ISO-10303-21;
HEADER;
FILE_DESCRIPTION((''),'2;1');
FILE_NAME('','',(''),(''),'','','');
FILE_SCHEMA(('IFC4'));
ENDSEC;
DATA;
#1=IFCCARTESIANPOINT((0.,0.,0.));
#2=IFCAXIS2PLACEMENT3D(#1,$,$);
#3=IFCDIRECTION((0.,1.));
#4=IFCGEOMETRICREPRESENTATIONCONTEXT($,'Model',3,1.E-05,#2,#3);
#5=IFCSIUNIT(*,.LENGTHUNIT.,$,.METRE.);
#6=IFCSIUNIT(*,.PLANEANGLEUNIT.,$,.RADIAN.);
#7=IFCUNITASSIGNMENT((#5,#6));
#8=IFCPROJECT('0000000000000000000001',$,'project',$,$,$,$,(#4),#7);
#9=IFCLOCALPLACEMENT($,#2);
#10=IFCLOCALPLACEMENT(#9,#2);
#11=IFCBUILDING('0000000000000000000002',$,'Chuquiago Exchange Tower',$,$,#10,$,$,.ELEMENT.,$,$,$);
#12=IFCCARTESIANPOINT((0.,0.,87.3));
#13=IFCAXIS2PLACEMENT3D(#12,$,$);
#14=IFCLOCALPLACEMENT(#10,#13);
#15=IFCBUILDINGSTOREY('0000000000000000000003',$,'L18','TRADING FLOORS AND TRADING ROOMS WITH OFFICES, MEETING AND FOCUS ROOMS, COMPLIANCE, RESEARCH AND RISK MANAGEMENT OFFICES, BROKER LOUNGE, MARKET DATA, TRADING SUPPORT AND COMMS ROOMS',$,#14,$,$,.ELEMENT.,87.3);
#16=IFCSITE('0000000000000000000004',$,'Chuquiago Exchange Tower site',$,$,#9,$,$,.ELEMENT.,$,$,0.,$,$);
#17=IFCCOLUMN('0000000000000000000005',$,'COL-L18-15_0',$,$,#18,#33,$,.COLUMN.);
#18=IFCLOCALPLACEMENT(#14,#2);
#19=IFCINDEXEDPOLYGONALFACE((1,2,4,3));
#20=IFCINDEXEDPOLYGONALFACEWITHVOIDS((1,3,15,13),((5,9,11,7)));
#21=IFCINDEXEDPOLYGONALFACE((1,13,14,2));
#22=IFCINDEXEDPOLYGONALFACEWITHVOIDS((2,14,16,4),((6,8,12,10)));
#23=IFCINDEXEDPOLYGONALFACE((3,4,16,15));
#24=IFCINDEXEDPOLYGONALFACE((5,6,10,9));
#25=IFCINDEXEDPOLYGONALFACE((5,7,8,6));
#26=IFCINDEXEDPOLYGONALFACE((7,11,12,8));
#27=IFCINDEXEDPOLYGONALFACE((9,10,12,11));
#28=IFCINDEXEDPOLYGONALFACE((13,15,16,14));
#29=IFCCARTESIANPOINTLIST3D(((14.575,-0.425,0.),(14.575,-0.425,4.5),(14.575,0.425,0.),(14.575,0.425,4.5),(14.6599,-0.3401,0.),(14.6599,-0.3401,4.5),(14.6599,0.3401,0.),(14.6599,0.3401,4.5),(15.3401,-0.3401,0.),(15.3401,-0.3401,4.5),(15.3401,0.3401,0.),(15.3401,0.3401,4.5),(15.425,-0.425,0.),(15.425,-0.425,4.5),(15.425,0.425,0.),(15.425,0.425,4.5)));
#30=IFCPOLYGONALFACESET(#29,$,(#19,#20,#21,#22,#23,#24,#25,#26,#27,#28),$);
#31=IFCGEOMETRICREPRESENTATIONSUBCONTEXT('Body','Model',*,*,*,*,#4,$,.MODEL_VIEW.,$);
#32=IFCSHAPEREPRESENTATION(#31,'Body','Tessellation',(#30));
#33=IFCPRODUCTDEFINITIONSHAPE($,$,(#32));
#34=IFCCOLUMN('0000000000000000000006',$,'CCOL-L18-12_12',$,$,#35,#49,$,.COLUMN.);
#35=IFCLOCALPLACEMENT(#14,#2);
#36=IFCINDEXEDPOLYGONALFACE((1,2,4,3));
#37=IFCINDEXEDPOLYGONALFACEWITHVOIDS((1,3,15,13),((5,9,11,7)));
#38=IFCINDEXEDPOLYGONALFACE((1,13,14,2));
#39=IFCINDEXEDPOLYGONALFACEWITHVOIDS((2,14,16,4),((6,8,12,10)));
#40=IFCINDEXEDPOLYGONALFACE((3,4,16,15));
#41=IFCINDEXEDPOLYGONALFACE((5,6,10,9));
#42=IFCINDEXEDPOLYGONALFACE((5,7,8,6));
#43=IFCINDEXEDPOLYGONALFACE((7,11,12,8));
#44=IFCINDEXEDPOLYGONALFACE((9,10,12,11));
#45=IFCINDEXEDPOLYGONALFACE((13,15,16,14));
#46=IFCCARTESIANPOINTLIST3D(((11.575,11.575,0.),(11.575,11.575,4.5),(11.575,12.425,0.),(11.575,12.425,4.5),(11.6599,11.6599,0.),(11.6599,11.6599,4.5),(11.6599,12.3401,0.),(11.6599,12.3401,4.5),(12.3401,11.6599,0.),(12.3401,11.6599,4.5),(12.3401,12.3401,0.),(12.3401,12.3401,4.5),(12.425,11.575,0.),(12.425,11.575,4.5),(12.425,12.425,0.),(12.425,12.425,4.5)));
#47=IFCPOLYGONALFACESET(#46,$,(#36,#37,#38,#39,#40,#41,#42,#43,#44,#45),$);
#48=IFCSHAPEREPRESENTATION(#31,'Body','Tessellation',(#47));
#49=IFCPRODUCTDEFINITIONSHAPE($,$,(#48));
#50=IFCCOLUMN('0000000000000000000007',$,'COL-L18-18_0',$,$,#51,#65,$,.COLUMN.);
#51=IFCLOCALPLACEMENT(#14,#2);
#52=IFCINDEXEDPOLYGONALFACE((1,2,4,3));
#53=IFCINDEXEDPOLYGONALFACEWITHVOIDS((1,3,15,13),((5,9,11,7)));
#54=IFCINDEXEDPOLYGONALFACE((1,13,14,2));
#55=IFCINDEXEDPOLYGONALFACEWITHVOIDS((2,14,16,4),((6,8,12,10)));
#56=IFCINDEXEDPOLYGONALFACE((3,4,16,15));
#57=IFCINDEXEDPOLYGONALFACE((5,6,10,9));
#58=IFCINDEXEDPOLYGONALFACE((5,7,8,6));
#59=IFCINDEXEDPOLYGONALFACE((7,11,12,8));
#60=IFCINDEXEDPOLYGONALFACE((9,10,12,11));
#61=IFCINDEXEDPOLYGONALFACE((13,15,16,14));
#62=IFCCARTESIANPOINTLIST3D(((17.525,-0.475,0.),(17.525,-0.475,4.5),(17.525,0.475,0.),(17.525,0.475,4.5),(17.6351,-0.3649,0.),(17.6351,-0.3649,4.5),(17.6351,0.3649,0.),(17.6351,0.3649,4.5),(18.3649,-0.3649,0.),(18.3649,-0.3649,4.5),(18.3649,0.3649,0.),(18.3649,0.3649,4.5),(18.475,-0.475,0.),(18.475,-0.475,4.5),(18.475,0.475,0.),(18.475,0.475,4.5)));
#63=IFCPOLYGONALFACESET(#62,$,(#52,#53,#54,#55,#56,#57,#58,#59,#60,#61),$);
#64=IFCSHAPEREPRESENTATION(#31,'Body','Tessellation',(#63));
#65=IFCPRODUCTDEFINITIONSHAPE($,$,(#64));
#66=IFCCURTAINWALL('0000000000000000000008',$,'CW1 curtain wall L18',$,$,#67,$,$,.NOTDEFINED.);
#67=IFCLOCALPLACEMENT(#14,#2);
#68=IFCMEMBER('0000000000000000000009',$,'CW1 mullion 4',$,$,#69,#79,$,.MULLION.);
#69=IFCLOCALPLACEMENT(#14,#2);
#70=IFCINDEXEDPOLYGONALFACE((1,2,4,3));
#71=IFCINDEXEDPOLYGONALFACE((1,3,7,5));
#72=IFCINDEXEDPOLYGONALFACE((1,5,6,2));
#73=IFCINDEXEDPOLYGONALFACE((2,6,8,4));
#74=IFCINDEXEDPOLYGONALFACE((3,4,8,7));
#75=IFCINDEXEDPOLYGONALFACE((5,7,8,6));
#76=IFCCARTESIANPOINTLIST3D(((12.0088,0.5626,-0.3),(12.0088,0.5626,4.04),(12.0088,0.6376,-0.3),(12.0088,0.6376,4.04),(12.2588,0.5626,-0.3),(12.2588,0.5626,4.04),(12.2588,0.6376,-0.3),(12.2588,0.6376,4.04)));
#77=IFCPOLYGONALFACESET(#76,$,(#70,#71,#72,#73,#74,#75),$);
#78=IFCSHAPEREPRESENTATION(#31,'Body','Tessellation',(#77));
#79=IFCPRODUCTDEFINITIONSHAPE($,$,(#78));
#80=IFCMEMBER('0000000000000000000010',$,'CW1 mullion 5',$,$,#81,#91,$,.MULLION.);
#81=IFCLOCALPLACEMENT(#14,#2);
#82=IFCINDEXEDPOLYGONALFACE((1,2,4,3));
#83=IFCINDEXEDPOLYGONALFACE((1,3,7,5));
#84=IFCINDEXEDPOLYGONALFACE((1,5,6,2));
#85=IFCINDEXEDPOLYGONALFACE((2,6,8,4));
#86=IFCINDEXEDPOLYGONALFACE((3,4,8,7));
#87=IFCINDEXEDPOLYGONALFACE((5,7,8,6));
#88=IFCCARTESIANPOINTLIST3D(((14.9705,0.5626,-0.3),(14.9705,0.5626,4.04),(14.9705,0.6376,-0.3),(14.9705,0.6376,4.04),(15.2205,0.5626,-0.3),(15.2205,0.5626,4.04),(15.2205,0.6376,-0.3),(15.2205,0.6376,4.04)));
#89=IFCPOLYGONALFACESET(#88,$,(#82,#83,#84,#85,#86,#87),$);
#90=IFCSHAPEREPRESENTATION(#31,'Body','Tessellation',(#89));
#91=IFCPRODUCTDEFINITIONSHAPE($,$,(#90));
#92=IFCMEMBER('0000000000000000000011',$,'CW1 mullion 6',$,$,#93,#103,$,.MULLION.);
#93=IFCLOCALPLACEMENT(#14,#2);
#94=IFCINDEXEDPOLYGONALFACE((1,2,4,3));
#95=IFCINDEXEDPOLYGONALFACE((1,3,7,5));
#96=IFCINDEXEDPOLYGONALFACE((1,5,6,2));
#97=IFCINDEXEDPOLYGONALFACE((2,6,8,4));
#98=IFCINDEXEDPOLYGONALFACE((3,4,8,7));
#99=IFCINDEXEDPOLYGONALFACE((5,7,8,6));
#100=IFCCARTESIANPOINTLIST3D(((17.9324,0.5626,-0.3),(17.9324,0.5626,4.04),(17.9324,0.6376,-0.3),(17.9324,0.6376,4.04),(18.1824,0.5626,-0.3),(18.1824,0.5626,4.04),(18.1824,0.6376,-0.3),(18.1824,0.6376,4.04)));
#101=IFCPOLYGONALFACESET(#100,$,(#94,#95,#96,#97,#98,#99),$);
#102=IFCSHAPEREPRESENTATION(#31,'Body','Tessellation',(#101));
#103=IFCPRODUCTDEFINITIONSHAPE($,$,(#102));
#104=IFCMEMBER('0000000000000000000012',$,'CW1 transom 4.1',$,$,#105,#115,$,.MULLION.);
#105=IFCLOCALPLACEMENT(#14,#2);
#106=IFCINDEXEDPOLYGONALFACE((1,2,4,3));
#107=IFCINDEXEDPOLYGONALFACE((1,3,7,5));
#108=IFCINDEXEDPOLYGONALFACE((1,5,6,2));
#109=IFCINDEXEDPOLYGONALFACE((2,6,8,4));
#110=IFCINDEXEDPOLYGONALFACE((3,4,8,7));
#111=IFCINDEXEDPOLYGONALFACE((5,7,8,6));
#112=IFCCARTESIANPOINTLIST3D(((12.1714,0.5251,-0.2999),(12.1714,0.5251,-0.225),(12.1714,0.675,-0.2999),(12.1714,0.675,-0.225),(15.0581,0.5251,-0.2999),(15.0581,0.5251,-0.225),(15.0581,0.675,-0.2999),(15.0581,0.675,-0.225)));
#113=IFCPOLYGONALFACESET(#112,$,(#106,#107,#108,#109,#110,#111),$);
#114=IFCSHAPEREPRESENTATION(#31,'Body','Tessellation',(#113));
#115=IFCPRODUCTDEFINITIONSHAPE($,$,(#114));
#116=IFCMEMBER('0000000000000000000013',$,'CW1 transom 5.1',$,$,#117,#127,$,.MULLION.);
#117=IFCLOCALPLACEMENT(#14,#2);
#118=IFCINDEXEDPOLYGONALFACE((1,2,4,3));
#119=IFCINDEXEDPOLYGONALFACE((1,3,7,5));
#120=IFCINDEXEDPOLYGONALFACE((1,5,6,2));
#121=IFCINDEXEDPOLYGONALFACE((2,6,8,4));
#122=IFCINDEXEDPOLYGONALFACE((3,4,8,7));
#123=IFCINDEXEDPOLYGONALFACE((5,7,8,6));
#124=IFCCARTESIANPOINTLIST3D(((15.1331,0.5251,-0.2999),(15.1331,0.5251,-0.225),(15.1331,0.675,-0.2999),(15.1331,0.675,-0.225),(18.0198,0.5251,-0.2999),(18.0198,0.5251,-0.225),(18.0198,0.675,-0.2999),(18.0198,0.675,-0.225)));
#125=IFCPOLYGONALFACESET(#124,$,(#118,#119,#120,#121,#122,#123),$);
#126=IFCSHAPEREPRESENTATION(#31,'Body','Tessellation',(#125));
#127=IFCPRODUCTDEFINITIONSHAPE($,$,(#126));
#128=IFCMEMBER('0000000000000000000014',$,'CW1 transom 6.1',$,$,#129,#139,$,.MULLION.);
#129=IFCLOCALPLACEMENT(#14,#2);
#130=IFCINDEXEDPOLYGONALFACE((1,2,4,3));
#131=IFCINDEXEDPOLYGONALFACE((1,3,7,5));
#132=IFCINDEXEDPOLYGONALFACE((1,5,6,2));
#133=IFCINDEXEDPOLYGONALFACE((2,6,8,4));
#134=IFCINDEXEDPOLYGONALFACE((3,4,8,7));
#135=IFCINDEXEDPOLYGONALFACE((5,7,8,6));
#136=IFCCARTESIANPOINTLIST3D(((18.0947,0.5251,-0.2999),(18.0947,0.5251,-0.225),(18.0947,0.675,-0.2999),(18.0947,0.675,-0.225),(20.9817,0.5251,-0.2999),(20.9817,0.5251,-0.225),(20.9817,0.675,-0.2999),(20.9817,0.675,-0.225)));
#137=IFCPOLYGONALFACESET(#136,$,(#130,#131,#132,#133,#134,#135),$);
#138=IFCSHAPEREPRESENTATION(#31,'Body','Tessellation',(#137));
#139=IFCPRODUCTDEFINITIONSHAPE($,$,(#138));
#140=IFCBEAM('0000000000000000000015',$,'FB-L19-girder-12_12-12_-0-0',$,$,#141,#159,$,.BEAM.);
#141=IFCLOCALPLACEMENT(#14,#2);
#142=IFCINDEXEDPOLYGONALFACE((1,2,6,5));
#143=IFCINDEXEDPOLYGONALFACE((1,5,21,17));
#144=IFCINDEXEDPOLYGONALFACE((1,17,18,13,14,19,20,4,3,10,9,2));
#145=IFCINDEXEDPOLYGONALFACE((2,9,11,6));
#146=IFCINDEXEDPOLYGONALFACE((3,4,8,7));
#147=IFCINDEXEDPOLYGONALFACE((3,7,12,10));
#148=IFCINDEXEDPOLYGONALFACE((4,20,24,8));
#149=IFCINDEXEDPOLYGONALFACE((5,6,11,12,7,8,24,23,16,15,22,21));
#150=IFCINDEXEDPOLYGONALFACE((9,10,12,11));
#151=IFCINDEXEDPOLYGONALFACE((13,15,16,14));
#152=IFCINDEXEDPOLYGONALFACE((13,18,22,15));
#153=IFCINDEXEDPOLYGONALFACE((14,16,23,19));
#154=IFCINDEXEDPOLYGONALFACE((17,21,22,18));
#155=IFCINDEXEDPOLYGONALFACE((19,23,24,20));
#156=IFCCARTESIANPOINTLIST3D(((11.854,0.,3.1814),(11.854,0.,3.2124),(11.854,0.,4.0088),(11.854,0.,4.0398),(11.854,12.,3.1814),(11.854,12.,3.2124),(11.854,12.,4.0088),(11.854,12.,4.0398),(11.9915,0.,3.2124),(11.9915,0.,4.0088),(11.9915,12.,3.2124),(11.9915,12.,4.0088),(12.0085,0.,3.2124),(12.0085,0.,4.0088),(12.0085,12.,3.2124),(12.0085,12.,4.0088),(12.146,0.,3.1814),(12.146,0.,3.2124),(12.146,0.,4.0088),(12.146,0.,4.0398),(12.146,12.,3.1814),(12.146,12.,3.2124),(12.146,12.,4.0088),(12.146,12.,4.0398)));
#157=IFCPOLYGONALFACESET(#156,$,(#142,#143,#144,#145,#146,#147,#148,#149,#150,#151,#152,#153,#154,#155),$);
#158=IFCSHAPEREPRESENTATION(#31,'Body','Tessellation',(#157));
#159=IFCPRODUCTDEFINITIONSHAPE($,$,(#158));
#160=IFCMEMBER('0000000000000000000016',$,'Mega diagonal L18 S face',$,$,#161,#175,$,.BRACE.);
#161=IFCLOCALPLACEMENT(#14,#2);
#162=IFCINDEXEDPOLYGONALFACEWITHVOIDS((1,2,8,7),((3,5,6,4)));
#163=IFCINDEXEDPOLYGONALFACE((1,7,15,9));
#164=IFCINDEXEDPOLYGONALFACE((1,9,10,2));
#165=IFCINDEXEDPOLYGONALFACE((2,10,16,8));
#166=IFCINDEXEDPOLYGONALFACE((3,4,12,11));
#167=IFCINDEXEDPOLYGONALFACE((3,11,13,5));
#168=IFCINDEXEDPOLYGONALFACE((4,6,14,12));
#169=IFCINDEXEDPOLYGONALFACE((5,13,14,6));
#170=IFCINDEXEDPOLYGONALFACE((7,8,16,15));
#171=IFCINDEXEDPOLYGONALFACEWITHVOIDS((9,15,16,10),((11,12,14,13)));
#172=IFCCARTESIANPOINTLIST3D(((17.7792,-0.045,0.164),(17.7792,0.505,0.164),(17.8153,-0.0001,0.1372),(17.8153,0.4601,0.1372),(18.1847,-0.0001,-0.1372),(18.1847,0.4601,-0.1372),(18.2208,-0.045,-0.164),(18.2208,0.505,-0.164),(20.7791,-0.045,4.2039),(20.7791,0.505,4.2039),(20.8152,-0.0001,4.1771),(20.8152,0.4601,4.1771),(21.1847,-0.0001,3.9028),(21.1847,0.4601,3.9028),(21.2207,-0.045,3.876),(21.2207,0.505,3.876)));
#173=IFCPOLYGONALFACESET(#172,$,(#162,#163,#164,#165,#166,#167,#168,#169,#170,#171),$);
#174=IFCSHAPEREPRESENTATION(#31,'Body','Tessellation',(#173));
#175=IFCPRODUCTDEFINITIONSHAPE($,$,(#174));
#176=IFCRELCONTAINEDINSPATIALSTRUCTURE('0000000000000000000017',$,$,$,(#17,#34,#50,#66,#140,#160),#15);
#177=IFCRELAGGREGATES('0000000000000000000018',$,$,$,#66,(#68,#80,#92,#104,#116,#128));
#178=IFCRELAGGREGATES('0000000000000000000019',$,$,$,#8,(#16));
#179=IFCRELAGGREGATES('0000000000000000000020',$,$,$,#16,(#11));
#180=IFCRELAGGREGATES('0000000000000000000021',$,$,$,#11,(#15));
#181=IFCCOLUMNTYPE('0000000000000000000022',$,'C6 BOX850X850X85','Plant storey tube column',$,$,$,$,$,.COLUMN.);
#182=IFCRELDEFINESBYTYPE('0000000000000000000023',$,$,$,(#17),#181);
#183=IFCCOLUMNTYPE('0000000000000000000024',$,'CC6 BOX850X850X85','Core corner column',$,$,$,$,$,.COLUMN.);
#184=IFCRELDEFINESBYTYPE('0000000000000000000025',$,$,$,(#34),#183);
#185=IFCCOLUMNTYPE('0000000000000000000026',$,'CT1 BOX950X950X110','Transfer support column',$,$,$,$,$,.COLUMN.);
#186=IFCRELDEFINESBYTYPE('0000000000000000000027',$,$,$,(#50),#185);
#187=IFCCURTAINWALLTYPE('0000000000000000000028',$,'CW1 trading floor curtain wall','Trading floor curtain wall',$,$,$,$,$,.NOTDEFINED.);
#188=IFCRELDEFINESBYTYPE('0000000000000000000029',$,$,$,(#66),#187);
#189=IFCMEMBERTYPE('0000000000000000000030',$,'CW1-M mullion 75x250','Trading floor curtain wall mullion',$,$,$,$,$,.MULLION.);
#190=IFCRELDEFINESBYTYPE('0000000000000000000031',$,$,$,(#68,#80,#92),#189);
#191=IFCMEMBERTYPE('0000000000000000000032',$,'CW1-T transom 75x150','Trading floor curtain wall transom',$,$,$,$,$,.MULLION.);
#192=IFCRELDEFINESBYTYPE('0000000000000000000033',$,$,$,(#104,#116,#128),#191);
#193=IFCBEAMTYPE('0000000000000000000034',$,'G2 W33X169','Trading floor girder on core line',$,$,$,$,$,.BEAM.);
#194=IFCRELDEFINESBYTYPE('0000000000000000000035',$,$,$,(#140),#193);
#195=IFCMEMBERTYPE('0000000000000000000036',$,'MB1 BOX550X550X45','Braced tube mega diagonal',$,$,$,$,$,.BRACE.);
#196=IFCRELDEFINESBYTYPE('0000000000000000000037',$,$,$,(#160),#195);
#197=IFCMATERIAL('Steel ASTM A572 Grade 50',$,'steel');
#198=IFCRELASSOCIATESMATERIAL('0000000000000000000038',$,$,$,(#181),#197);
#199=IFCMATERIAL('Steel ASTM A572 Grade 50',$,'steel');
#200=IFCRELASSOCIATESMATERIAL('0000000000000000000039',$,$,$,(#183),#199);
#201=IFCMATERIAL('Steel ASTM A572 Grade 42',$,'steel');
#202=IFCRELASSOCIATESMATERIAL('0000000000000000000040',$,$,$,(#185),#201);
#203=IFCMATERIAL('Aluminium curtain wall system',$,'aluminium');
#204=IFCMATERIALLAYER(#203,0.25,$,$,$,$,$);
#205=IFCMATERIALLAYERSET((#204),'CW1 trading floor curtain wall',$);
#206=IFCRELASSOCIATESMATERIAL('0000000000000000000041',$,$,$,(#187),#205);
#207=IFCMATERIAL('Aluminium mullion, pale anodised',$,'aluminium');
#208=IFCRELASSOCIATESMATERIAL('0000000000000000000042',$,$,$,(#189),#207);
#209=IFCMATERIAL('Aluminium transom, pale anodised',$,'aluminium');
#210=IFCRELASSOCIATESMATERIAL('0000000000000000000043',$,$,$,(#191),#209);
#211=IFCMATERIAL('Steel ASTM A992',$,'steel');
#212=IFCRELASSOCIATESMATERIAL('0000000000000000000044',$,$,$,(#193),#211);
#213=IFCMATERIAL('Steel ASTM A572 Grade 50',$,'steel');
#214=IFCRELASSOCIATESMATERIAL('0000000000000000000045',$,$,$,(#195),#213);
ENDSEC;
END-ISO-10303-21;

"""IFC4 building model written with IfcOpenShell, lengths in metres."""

from ifc_helpers import new_model, si_unit, direction, frame, origin, origin_2d, place, context, subcontext, project, spatial, rectangle, hollow_rectangle, i_section, extrude, material, layer, layer_set, material_profile, profile_set, type_object, element, aggregate, save


model = new_model("IFC4")

# Units and contexts
model_context = context("Model", 3, precision=1e-05, world=origin(), true_north=direction((0.0, 1.0)))
body_context = subcontext(model_context, "Body", "Model", "MODEL_VIEW")
ifc_project = project(units=[si_unit("LENGTHUNIT", "METRE"), si_unit("PLANEANGLEUNIT", "RADIAN")], contexts=[model_context])

# Site, building, storey
site_placement = place(None, origin())
site = spatial("IfcSite", under=ifc_project, at=site_placement, Name="Chuquiago Exchange Tower site", CompositionType="ELEMENT", RefElevation=0.0)
building_placement = place(site_placement, origin())
building = spatial("IfcBuilding", under=site, at=building_placement, Name="Chuquiago Exchange Tower", CompositionType="ELEMENT")
storey_placement = place(building_placement, frame((0.0, 0.0, 87.3)))
storey = spatial("IfcBuildingStorey", under=building, at=storey_placement, Name="L18", Description="TRADING FLOORS AND TRADING ROOMS WITH OFFICES, MEETING AND FOCUS ROOMS, COMPLIANCE, RESEARCH AND RISK MANAGEMENT OFFICES, BROKER LOUNGE, MARKET DATA, TRADING SUPPORT AND COMMS ROOMS", CompositionType="ELEMENT", Elevation=87.3)

# Columns
ifc_material_1 = material(Name="Steel ASTM A572 Grade 50", Category="steel")
ifc_material_profile_1 = material_profile(ifc_material_1, hollow_rectangle(XDim=0.8501, YDim=0.8501, WallThickness=0.085, at=origin_2d()), Name="BOX850X850X85")
ifc_profile_set_1 = profile_set([ifc_material_profile_1], Name="Steel ASTM A572 Grade 50")
column_type_1 = type_object("IfcColumnType", Name="C6 BOX850X850X85", Description="Plant storey tube column", PredefinedType="COLUMN", material=ifc_profile_set_1)
column_1_placement = place(storey_placement, frame((15.0, 0.0, 0.0), z_axis=(0.0, 0.0, 1.0), x_axis=(0.0, -1.0, 0.0)))
element("IfcColumn", 1, at=column_1_placement, inside=storey, type_object=column_type_1, Name="COL-L18-15_0", PredefinedType="COLUMN", context=body_context, shape_type="SweptSolid", body=[
    extrude(hollow_rectangle(XDim=0.8501, YDim=0.8501, WallThickness=0.085, at=origin_2d()), origin(), (0.0, 0.0, 1.0), 4.5),
])
ifc_material_2 = material(Name="Steel ASTM A572 Grade 50", Category="steel")
ifc_material_profile_2 = material_profile(ifc_material_2, hollow_rectangle(XDim=0.8501, YDim=0.8501, WallThickness=0.085, at=origin_2d()), Name="BOX850X850X85")
ifc_profile_set_2 = profile_set([ifc_material_profile_2], Name="Steel ASTM A572 Grade 50")
column_type_2 = type_object("IfcColumnType", Name="CC6 BOX850X850X85", Description="Core corner column", PredefinedType="COLUMN", material=ifc_profile_set_2)
column_2_placement = place(storey_placement, frame((12.0, 12.0, 0.0), z_axis=(0.0, 0.0, 1.0), x_axis=(1.0, 0.0, 0.0)))
element("IfcColumn", 2, at=column_2_placement, inside=storey, type_object=column_type_2, Name="CCOL-L18-12_12", PredefinedType="COLUMN", context=body_context, shape_type="SweptSolid", body=[
    extrude(hollow_rectangle(XDim=0.8501, YDim=0.8501, WallThickness=0.085, at=origin_2d()), origin(), (0.0, 0.0, 1.0), 4.5),
])
ifc_material_3 = material(Name="Steel ASTM A572 Grade 42", Category="steel")
ifc_material_profile_3 = material_profile(ifc_material_3, hollow_rectangle(XDim=0.95, YDim=0.95, WallThickness=0.1101, at=origin_2d()), Name="BOX950X950X110")
ifc_profile_set_3 = profile_set([ifc_material_profile_3], Name="Steel ASTM A572 Grade 42")
column_type_3 = type_object("IfcColumnType", Name="CT1 BOX950X950X110", Description="Transfer support column", PredefinedType="COLUMN", material=ifc_profile_set_3)
column_3_placement = place(storey_placement, frame((18.0, 0.0, 0.0), z_axis=(0.0, 0.0, 1.0), x_axis=(0.0, -1.0, 0.0)))
element("IfcColumn", 3, at=column_3_placement, inside=storey, type_object=column_type_3, Name="COL-L18-18_0", PredefinedType="COLUMN", context=body_context, shape_type="SweptSolid", body=[
    extrude(hollow_rectangle(XDim=0.95, YDim=0.95, WallThickness=0.1101, at=origin_2d()), origin(), (0.0, 0.0, 1.0), 4.5),
])

# Curtain wall, members
ifc_material_4 = material(Name="Aluminium curtain wall system", Category="aluminium")
ifc_layer_1 = layer(ifc_material_4, 0.25)
ifc_layer_set_1 = layer_set([ifc_layer_1], Name="CW1 trading floor curtain wall")
curtain_wall_type = type_object("IfcCurtainWallType", Name="CW1 trading floor curtain wall", Description="Trading floor curtain wall", PredefinedType="NOTDEFINED", material=ifc_layer_set_1)
curtain_wall_placement = place(storey_placement, origin())
curtain_wall = element("IfcCurtainWall", 4, at=curtain_wall_placement, inside=storey, type_object=curtain_wall_type, Name="CW1 curtain wall L18", PredefinedType="NOTDEFINED")
ifc_material_5 = material(Name="Aluminium mullion, pale anodised", Category="aluminium")
ifc_material_profile_4 = material_profile(ifc_material_5, rectangle(XDim=0.075, YDim=0.25, at=origin_2d()), Name="AL 75x250")
ifc_profile_set_4 = profile_set([ifc_material_profile_4], Name="Aluminium mullion, pale anodised")
member_type_1 = type_object("IfcMemberType", Name="CW1-M mullion 75x250", Description="Trading floor curtain wall mullion", PredefinedType="MULLION", material=ifc_profile_set_4)
member_1_placement = place(storey_placement, frame((12.1338, 0.6001, -0.3), z_axis=(0.0, 0.0, 1.0), x_axis=(0.0, 1.0, 0.0)))
member_1 = element("IfcMember", 5, at=member_1_placement, type_object=member_type_1, Name="CW1 mullion 4", PredefinedType="MULLION", context=body_context, shape_type="SweptSolid", body=[
    extrude(rectangle(XDim=0.075, YDim=0.25, at=origin_2d()), origin(), (0.0, 0.0, 1.0), 4.3401),
])
member_2_placement = place(storey_placement, frame((15.0955, 0.6001, -0.3), z_axis=(0.0, 0.0, 1.0), x_axis=(0.0, 1.0, 0.0)))
member_2 = element("IfcMember", 6, at=member_2_placement, type_object=member_type_1, Name="CW1 mullion 5", PredefinedType="MULLION", context=body_context, shape_type="SweptSolid", body=[
    extrude(rectangle(XDim=0.075, YDim=0.25, at=origin_2d()), origin(), (0.0, 0.0, 1.0), 4.3401),
])
member_3_placement = place(storey_placement, frame((18.0574, 0.6001, -0.3), z_axis=(0.0, 0.0, 1.0), x_axis=(0.0, 1.0, 0.0)))
member_3 = element("IfcMember", 7, at=member_3_placement, type_object=member_type_1, Name="CW1 mullion 6", PredefinedType="MULLION", context=body_context, shape_type="SweptSolid", body=[
    extrude(rectangle(XDim=0.075, YDim=0.25, at=origin_2d()), origin(), (0.0, 0.0, 1.0), 4.3401),
])
ifc_material_6 = material(Name="Aluminium transom, pale anodised", Category="aluminium")
ifc_material_profile_5 = material_profile(ifc_material_6, rectangle(XDim=0.1499, YDim=0.075, at=origin_2d()), Name="AL 150x75")
ifc_profile_set_5 = profile_set([ifc_material_profile_5], Name="Aluminium transom, pale anodised")
member_type_2 = type_object("IfcMemberType", Name="CW1-T transom 75x150", Description="Trading floor curtain wall transom", PredefinedType="MULLION", material=ifc_profile_set_5)
member_4_placement = place(storey_placement, frame((12.1714, 0.6001, -0.2625), z_axis=(1.0, 0.0, 0.0), x_axis=(0.0, 1.0, 0.0)))
member_4 = element("IfcMember", 8, at=member_4_placement, type_object=member_type_2, Name="CW1 transom 4.1", PredefinedType="MULLION", context=body_context, shape_type="SweptSolid", body=[
    extrude(rectangle(XDim=0.1499, YDim=0.075, at=origin_2d()), origin(), (0.0, 0.0, 1.0), 2.8867),
])
member_5_placement = place(storey_placement, frame((15.1331, 0.6001, -0.2625), z_axis=(1.0, 0.0, 0.0), x_axis=(0.0, 1.0, 0.0)))
member_5 = element("IfcMember", 9, at=member_5_placement, type_object=member_type_2, Name="CW1 transom 5.1", PredefinedType="MULLION", context=body_context, shape_type="SweptSolid", body=[
    extrude(rectangle(XDim=0.1499, YDim=0.075, at=origin_2d()), origin(), (0.0, 0.0, 1.0), 2.8867),
])
member_6_placement = place(storey_placement, frame((18.0947, 0.6001, -0.2625), z_axis=(1.0, 0.0, 0.0), x_axis=(0.0, 1.0, 0.0)))
member_6 = element("IfcMember", 10, at=member_6_placement, type_object=member_type_2, Name="CW1 transom 6.1", PredefinedType="MULLION", context=body_context, shape_type="SweptSolid", body=[
    extrude(rectangle(XDim=0.1499, YDim=0.075, at=origin_2d()), origin(), (0.0, 0.0, 1.0), 2.887),
])

# Beam
ifc_material_7 = material(Name="Steel ASTM A992", Category="steel")
ifc_material_profile_6 = material_profile(ifc_material_7, i_section(OverallWidth=0.292, OverallDepth=0.8584, WebThickness=0.0171, FlangeThickness=0.031, at=origin_2d()), Name="W33X169")
ifc_profile_set_6 = profile_set([ifc_material_profile_6], Name="Steel ASTM A992")
beam_type_1 = type_object("IfcBeamType", Name="G2 W33X169", Description="Trading floor girder on core line", PredefinedType="BEAM", material=ifc_profile_set_6)
beam_placement = place(storey_placement, frame((12.0, 12.0, 3.6106), z_axis=(0.0, -1.0, 0.0), x_axis=(1.0, 0.0, 0.0)))
element("IfcBeam", 11, at=beam_placement, inside=storey, type_object=beam_type_1, Name="FB-L19-girder-12_12-12_-0-0", PredefinedType="BEAM", context=body_context, shape_type="SweptSolid", body=[
    extrude(i_section(OverallWidth=0.292, OverallDepth=0.8584, WebThickness=0.0171, FlangeThickness=0.031, at=origin_2d()), origin(), (0.0, 0.0, 1.0), 12.0),
])

# Member
ifc_material_8 = material(Name="Steel ASTM A572 Grade 50", Category="steel")
ifc_material_profile_7 = material_profile(ifc_material_8, hollow_rectangle(XDim=0.55, YDim=0.55, WallThickness=0.0449, at=origin_2d()), Name="BOX550X550X45")
ifc_profile_set_7 = profile_set([ifc_material_profile_7], Name="Steel ASTM A572 Grade 50")
member_type_3 = type_object("IfcMemberType", Name="MB1 BOX550X550X45", Description="Braced tube mega diagonal", PredefinedType="BRACE", material=ifc_profile_set_7)
member_7_placement = place(storey_placement, frame((18.0, 0.23, 0.0), z_axis=(0.596174, 0.0, 0.802855), x_axis=(0.0, 1.0, 0.0)))
element("IfcMember", 12, at=member_7_placement, inside=storey, type_object=member_type_3, Name="Mega diagonal L18 S face", PredefinedType="BRACE", context=body_context, shape_type="SweptSolid", body=[
    extrude(hollow_rectangle(XDim=0.55, YDim=0.55, WallThickness=0.0449, at=origin_2d()), origin(), (0.0, 0.0, 1.0), 5.032),
])

aggregate(curtain_wall, [member_1, member_2, member_3, member_4, member_5, member_6])

save(model, "model.ifc")
